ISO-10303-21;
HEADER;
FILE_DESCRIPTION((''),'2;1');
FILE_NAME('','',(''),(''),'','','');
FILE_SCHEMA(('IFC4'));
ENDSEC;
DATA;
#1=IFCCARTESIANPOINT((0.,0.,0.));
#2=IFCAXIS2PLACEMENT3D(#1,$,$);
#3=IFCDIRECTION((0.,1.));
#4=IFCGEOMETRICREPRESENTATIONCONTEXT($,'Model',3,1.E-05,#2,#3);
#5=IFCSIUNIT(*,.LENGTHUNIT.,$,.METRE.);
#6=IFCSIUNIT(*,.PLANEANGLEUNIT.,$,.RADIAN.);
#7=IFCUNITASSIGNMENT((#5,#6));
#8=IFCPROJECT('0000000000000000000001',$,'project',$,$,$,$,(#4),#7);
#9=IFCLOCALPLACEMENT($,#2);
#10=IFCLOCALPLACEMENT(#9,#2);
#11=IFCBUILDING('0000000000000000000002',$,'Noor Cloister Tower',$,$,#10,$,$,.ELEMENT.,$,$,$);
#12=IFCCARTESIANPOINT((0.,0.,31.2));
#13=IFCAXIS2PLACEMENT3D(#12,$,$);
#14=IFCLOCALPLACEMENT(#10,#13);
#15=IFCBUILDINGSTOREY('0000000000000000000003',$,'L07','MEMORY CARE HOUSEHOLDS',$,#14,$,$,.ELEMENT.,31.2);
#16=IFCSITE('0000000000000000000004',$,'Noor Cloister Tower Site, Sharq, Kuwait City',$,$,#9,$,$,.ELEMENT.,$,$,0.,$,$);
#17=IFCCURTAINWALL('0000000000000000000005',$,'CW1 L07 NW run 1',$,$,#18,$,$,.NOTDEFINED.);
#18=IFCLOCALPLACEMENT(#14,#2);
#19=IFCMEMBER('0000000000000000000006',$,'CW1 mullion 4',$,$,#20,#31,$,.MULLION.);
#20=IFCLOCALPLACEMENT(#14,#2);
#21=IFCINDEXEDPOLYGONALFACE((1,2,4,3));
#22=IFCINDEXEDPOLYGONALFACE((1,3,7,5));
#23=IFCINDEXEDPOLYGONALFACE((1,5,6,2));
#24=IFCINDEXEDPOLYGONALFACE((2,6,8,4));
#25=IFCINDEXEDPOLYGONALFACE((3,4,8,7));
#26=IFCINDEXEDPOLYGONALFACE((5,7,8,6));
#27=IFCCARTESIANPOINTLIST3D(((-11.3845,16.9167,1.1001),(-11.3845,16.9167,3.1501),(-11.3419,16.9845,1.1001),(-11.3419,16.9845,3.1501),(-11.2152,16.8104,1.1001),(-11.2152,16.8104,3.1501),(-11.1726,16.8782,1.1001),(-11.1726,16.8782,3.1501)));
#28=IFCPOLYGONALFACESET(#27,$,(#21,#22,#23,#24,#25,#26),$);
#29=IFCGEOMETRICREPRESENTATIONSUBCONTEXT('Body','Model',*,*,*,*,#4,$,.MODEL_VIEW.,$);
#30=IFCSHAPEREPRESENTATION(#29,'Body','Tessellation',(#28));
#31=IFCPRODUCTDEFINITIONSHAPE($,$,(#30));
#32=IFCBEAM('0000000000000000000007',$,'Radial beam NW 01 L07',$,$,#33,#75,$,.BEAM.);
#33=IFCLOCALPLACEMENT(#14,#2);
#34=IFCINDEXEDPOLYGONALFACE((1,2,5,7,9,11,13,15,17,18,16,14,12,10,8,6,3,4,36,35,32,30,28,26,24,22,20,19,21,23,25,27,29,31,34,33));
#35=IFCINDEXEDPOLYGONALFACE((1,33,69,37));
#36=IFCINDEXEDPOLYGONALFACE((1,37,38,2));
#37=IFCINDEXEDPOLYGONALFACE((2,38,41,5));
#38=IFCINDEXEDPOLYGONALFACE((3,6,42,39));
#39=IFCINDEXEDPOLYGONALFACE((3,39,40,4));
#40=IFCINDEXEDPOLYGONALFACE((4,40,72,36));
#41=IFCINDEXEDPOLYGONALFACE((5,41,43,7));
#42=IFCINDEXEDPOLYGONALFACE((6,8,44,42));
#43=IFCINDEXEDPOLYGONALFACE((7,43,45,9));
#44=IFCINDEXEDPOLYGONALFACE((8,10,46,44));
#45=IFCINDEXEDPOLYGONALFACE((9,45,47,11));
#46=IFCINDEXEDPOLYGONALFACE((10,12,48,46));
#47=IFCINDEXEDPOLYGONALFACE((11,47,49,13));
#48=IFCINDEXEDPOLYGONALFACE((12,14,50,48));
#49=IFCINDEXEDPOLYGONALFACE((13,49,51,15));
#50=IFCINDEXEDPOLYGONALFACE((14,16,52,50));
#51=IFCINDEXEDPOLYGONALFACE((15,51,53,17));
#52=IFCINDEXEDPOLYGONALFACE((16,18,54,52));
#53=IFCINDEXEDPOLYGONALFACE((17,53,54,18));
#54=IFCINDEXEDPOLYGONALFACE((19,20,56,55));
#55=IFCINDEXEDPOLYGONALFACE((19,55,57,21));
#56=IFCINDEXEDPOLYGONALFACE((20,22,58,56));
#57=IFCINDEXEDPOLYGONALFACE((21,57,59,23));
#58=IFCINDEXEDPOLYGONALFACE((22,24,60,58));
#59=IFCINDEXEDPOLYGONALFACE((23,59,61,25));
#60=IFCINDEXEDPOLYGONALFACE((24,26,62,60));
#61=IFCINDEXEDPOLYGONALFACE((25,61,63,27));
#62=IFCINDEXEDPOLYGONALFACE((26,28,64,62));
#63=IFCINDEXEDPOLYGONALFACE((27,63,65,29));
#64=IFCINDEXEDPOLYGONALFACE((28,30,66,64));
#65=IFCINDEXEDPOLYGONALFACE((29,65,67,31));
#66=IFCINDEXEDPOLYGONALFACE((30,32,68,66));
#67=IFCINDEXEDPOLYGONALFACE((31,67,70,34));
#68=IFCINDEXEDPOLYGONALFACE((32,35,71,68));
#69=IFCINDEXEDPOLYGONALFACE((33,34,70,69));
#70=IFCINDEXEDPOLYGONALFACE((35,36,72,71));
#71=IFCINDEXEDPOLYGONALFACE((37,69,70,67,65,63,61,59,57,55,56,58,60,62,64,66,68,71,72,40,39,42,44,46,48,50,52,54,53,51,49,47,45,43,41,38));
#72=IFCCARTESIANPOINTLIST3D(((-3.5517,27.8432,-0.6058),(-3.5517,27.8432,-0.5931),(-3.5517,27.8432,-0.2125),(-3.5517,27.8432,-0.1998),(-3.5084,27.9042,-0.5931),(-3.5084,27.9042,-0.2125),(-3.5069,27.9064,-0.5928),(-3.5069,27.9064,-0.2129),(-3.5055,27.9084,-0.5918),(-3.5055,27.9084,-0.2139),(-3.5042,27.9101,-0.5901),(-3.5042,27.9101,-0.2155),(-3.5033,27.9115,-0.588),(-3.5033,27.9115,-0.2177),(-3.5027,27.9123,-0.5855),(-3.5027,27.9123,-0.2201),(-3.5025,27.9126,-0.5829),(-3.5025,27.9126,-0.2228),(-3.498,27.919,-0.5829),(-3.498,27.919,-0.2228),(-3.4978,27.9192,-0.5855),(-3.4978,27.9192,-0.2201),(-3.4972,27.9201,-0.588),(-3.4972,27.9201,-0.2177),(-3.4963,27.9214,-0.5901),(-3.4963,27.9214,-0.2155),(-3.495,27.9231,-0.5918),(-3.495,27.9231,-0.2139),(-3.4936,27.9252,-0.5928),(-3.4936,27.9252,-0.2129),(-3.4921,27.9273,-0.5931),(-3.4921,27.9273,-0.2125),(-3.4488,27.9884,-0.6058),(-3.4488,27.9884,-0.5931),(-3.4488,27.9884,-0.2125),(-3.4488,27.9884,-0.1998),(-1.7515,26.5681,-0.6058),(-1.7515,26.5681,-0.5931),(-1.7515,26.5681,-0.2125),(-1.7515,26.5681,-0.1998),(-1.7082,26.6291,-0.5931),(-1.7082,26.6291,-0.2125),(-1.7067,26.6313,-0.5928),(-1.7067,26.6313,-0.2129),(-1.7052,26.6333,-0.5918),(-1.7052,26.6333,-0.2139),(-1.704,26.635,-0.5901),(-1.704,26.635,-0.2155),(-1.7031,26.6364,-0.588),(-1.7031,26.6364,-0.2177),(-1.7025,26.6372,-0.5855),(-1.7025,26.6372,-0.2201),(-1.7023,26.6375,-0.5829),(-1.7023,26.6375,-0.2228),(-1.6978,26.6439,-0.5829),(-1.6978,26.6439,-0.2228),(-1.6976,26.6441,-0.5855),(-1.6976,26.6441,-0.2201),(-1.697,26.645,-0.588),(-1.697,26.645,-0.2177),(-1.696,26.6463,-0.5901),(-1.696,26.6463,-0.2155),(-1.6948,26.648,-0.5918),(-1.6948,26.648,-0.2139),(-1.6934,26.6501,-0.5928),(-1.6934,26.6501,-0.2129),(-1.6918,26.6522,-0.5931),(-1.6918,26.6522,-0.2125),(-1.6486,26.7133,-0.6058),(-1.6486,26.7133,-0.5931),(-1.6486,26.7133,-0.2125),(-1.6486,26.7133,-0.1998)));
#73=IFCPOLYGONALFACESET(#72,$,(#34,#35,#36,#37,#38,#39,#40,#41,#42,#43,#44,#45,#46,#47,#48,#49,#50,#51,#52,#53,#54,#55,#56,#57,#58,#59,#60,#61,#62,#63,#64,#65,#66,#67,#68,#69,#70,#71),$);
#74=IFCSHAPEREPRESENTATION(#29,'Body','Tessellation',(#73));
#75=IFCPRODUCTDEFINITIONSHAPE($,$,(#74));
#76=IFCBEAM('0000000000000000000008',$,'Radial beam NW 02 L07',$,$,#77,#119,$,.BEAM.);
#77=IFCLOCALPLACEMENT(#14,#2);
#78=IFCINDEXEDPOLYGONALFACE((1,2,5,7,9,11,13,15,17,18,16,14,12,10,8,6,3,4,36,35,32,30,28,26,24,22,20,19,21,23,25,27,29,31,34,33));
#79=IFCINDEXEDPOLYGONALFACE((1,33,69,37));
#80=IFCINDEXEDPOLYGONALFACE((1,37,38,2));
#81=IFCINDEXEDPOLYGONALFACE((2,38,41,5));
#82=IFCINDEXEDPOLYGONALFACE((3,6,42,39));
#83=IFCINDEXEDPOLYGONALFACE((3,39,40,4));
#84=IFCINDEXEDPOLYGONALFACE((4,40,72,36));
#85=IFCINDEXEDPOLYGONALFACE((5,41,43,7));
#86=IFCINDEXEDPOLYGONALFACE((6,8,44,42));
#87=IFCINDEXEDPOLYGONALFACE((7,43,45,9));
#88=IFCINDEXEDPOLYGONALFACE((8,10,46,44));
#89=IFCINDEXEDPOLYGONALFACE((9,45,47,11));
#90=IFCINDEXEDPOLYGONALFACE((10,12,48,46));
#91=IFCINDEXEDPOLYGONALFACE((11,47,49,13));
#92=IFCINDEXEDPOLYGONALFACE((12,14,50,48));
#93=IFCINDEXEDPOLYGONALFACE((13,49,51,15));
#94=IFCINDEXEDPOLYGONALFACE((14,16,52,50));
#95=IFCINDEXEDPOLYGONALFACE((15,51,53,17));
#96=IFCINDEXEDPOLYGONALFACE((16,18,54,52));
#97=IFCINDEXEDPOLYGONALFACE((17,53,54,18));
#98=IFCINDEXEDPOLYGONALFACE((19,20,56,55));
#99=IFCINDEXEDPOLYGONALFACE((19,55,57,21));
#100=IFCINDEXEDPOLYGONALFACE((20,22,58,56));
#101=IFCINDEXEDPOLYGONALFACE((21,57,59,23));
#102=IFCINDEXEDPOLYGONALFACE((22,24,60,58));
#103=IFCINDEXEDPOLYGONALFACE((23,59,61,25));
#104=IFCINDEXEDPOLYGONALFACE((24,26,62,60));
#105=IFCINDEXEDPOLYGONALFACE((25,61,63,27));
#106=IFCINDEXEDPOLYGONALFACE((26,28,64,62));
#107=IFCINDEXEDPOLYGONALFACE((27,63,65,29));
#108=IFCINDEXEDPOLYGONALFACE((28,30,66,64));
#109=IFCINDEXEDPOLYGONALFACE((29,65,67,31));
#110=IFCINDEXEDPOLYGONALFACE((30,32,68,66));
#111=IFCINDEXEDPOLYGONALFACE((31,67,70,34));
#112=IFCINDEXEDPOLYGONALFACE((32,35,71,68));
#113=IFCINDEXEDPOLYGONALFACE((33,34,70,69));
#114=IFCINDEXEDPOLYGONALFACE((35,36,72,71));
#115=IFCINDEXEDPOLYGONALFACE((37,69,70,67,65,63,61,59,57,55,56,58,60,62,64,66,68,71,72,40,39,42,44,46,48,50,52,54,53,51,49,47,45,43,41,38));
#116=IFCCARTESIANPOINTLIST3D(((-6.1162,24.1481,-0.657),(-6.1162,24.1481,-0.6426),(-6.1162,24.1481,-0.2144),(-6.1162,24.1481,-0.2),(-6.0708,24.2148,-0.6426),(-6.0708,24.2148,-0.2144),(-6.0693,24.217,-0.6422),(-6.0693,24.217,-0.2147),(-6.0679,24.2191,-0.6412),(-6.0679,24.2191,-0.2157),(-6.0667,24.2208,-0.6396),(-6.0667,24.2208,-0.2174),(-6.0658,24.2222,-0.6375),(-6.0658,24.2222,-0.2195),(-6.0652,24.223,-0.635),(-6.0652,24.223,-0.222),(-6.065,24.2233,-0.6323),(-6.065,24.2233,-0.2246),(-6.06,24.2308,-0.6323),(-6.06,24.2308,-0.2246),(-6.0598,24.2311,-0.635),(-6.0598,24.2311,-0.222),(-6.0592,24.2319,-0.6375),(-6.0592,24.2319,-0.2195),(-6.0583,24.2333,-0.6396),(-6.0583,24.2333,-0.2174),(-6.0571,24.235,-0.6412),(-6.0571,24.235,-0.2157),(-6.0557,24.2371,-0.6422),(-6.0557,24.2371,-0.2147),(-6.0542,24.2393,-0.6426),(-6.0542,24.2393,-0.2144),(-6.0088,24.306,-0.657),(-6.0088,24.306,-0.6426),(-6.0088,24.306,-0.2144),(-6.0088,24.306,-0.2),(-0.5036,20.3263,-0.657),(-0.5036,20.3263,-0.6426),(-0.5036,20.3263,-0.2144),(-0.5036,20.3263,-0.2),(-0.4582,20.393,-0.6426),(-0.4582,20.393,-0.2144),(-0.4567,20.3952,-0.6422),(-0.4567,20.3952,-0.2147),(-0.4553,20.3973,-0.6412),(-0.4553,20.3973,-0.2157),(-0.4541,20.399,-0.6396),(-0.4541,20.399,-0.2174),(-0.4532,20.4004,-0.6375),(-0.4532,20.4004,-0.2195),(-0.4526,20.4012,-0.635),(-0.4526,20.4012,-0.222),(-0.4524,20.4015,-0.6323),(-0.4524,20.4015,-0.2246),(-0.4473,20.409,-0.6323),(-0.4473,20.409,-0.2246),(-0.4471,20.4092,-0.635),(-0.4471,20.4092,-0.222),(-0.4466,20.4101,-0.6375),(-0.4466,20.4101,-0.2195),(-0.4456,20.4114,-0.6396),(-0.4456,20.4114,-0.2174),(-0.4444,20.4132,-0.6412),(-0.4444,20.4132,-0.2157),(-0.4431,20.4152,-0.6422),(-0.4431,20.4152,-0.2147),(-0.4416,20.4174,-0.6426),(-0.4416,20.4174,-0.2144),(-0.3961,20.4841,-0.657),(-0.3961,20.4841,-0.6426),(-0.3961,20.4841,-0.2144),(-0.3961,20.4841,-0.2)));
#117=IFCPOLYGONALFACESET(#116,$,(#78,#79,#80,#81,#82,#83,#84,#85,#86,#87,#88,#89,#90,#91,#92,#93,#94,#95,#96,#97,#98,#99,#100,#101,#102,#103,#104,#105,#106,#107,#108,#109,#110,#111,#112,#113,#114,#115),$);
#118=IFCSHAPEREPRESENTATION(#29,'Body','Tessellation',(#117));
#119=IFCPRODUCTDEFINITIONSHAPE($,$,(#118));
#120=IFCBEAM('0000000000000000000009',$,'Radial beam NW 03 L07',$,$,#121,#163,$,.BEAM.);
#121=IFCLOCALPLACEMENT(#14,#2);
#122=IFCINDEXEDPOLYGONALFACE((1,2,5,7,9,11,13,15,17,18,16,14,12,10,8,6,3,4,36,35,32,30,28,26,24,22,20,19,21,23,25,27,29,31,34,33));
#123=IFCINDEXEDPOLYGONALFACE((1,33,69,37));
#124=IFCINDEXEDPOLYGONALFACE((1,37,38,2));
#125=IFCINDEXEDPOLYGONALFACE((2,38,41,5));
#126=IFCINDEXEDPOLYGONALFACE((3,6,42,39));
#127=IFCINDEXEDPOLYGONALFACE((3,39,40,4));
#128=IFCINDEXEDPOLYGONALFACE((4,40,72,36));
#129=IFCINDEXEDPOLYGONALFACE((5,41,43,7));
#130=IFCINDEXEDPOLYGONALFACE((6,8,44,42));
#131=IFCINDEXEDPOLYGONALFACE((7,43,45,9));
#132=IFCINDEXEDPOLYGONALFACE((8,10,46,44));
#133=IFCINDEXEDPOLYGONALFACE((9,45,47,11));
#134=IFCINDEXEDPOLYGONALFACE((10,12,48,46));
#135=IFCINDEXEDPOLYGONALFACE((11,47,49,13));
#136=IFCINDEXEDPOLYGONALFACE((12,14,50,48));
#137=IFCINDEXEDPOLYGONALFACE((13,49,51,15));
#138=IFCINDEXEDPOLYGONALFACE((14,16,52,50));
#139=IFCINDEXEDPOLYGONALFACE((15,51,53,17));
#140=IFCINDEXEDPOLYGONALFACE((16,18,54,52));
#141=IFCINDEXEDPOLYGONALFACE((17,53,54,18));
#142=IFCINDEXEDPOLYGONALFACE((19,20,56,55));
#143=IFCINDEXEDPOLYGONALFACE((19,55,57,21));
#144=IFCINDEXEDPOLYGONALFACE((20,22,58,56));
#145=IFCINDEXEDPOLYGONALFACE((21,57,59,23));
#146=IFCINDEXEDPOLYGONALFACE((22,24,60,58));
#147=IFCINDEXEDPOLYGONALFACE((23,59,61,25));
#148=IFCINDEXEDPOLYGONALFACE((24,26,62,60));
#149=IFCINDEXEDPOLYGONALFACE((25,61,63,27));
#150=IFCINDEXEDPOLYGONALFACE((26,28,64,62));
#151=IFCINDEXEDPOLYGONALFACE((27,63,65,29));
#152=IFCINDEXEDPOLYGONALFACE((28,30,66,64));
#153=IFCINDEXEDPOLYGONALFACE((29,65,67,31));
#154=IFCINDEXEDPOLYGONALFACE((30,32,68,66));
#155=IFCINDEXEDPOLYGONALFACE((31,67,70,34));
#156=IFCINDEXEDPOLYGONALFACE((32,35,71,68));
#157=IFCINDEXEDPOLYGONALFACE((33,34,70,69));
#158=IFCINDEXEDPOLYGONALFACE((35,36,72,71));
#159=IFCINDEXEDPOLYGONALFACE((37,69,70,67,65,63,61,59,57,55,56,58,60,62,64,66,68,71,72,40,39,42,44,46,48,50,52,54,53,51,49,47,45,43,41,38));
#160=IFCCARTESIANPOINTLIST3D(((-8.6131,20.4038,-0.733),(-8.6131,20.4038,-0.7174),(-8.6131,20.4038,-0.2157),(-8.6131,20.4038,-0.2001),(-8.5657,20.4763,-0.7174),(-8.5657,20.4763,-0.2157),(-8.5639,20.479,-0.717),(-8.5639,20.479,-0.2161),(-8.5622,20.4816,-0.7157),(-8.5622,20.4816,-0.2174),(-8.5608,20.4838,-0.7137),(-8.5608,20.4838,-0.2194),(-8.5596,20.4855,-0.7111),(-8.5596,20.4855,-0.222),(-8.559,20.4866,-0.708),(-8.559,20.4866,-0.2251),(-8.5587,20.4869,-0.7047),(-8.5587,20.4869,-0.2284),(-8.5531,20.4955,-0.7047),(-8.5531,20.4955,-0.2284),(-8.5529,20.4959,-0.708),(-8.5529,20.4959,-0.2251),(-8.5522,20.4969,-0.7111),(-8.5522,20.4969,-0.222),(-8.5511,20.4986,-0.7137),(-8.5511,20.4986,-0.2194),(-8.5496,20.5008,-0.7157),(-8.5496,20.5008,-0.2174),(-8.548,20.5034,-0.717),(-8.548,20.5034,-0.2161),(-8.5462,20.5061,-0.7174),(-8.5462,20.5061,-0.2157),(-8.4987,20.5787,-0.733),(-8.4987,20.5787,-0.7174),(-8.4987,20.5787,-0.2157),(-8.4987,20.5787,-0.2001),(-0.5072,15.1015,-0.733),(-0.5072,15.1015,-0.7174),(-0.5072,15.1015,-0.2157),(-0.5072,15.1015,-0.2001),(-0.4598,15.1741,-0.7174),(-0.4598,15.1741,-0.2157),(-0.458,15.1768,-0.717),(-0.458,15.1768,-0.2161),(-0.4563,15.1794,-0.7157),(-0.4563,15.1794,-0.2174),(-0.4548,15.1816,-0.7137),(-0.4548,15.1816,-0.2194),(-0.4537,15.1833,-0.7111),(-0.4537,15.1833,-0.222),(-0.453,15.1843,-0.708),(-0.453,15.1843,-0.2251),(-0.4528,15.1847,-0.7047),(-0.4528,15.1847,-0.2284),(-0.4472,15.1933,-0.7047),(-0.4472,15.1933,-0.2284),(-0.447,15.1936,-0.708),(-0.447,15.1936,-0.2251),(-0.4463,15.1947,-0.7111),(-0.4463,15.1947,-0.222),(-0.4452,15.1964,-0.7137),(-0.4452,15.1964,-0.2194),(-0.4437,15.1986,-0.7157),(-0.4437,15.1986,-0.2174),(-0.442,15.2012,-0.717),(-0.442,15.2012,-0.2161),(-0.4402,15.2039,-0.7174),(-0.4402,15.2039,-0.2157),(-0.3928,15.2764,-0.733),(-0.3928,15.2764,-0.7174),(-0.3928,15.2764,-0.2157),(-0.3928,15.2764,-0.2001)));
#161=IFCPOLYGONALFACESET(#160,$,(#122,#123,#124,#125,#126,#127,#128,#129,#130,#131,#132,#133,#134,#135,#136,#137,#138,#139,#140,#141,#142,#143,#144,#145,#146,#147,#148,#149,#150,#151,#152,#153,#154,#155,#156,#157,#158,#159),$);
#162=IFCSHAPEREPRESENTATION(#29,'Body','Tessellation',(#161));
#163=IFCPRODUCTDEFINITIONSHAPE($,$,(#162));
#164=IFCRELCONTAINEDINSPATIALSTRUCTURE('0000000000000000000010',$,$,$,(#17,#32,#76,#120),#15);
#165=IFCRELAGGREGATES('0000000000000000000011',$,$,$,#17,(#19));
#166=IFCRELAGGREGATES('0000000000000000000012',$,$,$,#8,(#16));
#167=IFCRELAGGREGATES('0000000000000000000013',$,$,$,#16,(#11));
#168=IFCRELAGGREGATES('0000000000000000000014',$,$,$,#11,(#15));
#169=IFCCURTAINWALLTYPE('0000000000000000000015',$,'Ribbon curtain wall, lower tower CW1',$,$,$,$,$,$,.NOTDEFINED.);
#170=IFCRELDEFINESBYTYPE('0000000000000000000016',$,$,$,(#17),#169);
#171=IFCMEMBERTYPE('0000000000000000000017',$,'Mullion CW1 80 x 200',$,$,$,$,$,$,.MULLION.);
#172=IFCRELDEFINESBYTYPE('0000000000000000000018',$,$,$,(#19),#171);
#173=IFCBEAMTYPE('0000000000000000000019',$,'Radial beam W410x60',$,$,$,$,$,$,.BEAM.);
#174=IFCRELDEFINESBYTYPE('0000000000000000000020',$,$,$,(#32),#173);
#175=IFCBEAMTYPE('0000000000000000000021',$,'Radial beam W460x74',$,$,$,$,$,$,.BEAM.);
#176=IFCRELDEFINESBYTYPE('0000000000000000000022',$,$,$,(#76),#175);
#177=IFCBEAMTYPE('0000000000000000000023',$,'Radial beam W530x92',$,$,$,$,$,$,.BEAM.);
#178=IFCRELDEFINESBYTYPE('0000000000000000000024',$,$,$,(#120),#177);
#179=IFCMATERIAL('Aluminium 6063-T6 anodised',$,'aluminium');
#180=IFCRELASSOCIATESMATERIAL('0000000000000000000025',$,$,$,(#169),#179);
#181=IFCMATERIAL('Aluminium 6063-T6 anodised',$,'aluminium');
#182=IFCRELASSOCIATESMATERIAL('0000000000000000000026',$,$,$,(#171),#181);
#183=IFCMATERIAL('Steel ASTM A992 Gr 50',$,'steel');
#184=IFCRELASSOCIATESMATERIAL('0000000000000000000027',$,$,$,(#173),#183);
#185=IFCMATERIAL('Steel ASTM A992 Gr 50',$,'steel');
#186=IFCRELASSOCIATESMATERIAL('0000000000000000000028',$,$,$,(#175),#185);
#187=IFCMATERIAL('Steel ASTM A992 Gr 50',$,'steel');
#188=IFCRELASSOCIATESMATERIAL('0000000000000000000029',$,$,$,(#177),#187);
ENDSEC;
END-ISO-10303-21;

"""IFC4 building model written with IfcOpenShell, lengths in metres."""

from ifc_helpers import new_model, si_unit, direction, frame, origin, origin_2d, place, context, subcontext, project, spatial, rectangle, i_section, extrude, material, material_profile, profile_set, type_object, element, aggregate, save


model = new_model("IFC4")

# Units and contexts
model_context = context("Model", 3, precision=1e-05, world=origin(), true_north=direction((0.0, 1.0)))
body_context = subcontext(model_context, "Body", "Model", "MODEL_VIEW")
ifc_project = project(units=[si_unit("LENGTHUNIT", "METRE"), si_unit("PLANEANGLEUNIT", "RADIAN")], contexts=[model_context])

# Site, building, storey
site_placement = place(None, origin())
site = spatial("IfcSite", under=ifc_project, at=site_placement, Name="Noor Cloister Tower Site, Sharq, Kuwait City", CompositionType="ELEMENT", RefElevation=0.0)
building_placement = place(site_placement, origin())
building = spatial("IfcBuilding", under=site, at=building_placement, Name="Noor Cloister Tower", CompositionType="ELEMENT")
storey_placement = place(building_placement, frame((0.0, 0.0, 31.2)))
storey = spatial("IfcBuildingStorey", under=building, at=storey_placement, Name="L07", Description="MEMORY CARE HOUSEHOLDS", CompositionType="ELEMENT", Elevation=31.2)

# Curtain wall, member
ifc_material_1 = material(Name="Aluminium 6063-T6 anodised", Category="aluminium")
curtain_wall_type = type_object("IfcCurtainWallType", Name="Ribbon curtain wall, lower tower CW1", PredefinedType="NOTDEFINED", material=ifc_material_1)
curtain_wall_placement = place(storey_placement, origin())
curtain_wall = element("IfcCurtainWall", 1, at=curtain_wall_placement, inside=storey, type_object=curtain_wall_type, Name="CW1 L07 NW run 1", PredefinedType="NOTDEFINED")
ifc_material_2 = material(Name="Aluminium 6063-T6 anodised", Category="aluminium")
ifc_material_profile_1 = material_profile(ifc_material_2, rectangle(XDim=0.2, YDim=0.0801, at=origin_2d()), Name="200 x 80 mullion")
ifc_profile_set_1 = profile_set([ifc_material_profile_1], Name="Aluminium 6063-T6 anodised")
member_type = type_object("IfcMemberType", Name="Mullion CW1 80 x 200", PredefinedType="MULLION", material=ifc_profile_set_1)
member_1_placement = place(storey_placement, frame((-11.2786, 16.8975, 1.1001), z_axis=(0.0, 0.0, 1.0), x_axis=(0.84688, -0.531785, 0.0)))
member_1 = element("IfcMember", 2, at=member_1_placement, type_object=member_type, Name="CW1 mullion 4", PredefinedType="MULLION", context=body_context, shape_type="SweptSolid", body=[
    extrude(rectangle(XDim=0.2, YDim=0.0801, at=origin_2d()), origin(), (0.0, 0.0, 1.0), 2.05),
])

# Beams
ifc_material_3 = material(Name="Steel ASTM A992 Gr 50", Category="steel")
ifc_material_profile_2 = material_profile(ifc_material_3, i_section(OverallWidth=0.178, OverallDepth=0.406, WebThickness=0.0078, FlangeThickness=0.0127, FilletRadius=0.0103, at=origin_2d()), Name="W410x60")
ifc_profile_set_2 = profile_set([ifc_material_profile_2], Name="Steel ASTM A992 Gr 50")
beam_type_1 = type_object("IfcBeamType", Name="Radial beam W410x60", PredefinedType="BEAM", material=ifc_profile_set_2)
beam_1_placement = place(storey_placement, frame((-3.5002, 27.9158, -0.4028), z_axis=(0.816038, -0.577999, 0.0), x_axis=(0.577999, 0.816038, 0.0)))
element("IfcBeam", 3, at=beam_1_placement, inside=storey, type_object=beam_type_1, Name="Radial beam NW 01 L07", PredefinedType="BEAM", context=body_context, shape_type="SweptSolid", body=[
    extrude(i_section(OverallWidth=0.178, OverallDepth=0.406, WebThickness=0.0078, FlangeThickness=0.0127, FilletRadius=0.0103, at=origin_2d()), origin(), (0.0, 0.0, 1.0), 2.2061),
])
ifc_material_4 = material(Name="Steel ASTM A992 Gr 50", Category="steel")
ifc_material_profile_3 = material_profile(ifc_material_4, i_section(OverallWidth=0.1909, OverallDepth=0.457, WebThickness=0.009, FlangeThickness=0.0144, FilletRadius=0.0103, at=origin_2d()), Name="W460x74")
ifc_profile_set_3 = profile_set([ifc_material_profile_3], Name="Steel ASTM A992 Gr 50")
beam_type_2 = type_object("IfcBeamType", Name="Radial beam W460x74", PredefinedType="BEAM", material=ifc_profile_set_3)
beam_2_placement = place(storey_placement, frame((-6.0625, 24.2271, -0.4285), z_axis=(0.826567, -0.562838, 0.0), x_axis=(0.562838, 0.826567, 0.0)))
element("IfcBeam", 4, at=beam_2_placement, inside=storey, type_object=beam_type_2, Name="Radial beam NW 02 L07", PredefinedType="BEAM", context=body_context, shape_type="SweptSolid", body=[
    extrude(i_section(OverallWidth=0.1909, OverallDepth=0.457, WebThickness=0.009, FlangeThickness=0.0144, FilletRadius=0.0103, at=origin_2d()), origin(), (0.0, 0.0, 1.0), 6.7903),
])
ifc_material_5 = material(Name="Steel ASTM A992 Gr 50", Category="steel")
ifc_material_profile_4 = material_profile(ifc_material_5, i_section(OverallWidth=0.209, OverallDepth=0.533, WebThickness=0.0103, FlangeThickness=0.0156, FilletRadius=0.0127, at=origin_2d()), Name="W530x92")
ifc_profile_set_4 = profile_set([ifc_material_profile_4], Name="Steel ASTM A992 Gr 50")
beam_type_3 = type_object("IfcBeamType", Name="Radial beam W530x92", PredefinedType="BEAM", material=ifc_profile_set_4)
beam_3_placement = place(storey_placement, frame((-8.5559, 20.4912, -0.4666), z_axis=(0.836866, -0.547408, 0.0), x_axis=(0.547408, 0.836866, 0.0)))
element("IfcBeam", 5, at=beam_3_placement, inside=storey, type_object=beam_type_3, Name="Radial beam NW 03 L07", PredefinedType="BEAM", context=body_context, shape_type="SweptSolid", body=[
    extrude(i_section(OverallWidth=0.209, OverallDepth=0.533, WebThickness=0.0103, FlangeThickness=0.0156, FilletRadius=0.0127, at=origin_2d()), origin(), (0.0, 0.0, 1.0), 9.686),
])

aggregate(curtain_wall, [member_1])

save(model, "model.ifc")
